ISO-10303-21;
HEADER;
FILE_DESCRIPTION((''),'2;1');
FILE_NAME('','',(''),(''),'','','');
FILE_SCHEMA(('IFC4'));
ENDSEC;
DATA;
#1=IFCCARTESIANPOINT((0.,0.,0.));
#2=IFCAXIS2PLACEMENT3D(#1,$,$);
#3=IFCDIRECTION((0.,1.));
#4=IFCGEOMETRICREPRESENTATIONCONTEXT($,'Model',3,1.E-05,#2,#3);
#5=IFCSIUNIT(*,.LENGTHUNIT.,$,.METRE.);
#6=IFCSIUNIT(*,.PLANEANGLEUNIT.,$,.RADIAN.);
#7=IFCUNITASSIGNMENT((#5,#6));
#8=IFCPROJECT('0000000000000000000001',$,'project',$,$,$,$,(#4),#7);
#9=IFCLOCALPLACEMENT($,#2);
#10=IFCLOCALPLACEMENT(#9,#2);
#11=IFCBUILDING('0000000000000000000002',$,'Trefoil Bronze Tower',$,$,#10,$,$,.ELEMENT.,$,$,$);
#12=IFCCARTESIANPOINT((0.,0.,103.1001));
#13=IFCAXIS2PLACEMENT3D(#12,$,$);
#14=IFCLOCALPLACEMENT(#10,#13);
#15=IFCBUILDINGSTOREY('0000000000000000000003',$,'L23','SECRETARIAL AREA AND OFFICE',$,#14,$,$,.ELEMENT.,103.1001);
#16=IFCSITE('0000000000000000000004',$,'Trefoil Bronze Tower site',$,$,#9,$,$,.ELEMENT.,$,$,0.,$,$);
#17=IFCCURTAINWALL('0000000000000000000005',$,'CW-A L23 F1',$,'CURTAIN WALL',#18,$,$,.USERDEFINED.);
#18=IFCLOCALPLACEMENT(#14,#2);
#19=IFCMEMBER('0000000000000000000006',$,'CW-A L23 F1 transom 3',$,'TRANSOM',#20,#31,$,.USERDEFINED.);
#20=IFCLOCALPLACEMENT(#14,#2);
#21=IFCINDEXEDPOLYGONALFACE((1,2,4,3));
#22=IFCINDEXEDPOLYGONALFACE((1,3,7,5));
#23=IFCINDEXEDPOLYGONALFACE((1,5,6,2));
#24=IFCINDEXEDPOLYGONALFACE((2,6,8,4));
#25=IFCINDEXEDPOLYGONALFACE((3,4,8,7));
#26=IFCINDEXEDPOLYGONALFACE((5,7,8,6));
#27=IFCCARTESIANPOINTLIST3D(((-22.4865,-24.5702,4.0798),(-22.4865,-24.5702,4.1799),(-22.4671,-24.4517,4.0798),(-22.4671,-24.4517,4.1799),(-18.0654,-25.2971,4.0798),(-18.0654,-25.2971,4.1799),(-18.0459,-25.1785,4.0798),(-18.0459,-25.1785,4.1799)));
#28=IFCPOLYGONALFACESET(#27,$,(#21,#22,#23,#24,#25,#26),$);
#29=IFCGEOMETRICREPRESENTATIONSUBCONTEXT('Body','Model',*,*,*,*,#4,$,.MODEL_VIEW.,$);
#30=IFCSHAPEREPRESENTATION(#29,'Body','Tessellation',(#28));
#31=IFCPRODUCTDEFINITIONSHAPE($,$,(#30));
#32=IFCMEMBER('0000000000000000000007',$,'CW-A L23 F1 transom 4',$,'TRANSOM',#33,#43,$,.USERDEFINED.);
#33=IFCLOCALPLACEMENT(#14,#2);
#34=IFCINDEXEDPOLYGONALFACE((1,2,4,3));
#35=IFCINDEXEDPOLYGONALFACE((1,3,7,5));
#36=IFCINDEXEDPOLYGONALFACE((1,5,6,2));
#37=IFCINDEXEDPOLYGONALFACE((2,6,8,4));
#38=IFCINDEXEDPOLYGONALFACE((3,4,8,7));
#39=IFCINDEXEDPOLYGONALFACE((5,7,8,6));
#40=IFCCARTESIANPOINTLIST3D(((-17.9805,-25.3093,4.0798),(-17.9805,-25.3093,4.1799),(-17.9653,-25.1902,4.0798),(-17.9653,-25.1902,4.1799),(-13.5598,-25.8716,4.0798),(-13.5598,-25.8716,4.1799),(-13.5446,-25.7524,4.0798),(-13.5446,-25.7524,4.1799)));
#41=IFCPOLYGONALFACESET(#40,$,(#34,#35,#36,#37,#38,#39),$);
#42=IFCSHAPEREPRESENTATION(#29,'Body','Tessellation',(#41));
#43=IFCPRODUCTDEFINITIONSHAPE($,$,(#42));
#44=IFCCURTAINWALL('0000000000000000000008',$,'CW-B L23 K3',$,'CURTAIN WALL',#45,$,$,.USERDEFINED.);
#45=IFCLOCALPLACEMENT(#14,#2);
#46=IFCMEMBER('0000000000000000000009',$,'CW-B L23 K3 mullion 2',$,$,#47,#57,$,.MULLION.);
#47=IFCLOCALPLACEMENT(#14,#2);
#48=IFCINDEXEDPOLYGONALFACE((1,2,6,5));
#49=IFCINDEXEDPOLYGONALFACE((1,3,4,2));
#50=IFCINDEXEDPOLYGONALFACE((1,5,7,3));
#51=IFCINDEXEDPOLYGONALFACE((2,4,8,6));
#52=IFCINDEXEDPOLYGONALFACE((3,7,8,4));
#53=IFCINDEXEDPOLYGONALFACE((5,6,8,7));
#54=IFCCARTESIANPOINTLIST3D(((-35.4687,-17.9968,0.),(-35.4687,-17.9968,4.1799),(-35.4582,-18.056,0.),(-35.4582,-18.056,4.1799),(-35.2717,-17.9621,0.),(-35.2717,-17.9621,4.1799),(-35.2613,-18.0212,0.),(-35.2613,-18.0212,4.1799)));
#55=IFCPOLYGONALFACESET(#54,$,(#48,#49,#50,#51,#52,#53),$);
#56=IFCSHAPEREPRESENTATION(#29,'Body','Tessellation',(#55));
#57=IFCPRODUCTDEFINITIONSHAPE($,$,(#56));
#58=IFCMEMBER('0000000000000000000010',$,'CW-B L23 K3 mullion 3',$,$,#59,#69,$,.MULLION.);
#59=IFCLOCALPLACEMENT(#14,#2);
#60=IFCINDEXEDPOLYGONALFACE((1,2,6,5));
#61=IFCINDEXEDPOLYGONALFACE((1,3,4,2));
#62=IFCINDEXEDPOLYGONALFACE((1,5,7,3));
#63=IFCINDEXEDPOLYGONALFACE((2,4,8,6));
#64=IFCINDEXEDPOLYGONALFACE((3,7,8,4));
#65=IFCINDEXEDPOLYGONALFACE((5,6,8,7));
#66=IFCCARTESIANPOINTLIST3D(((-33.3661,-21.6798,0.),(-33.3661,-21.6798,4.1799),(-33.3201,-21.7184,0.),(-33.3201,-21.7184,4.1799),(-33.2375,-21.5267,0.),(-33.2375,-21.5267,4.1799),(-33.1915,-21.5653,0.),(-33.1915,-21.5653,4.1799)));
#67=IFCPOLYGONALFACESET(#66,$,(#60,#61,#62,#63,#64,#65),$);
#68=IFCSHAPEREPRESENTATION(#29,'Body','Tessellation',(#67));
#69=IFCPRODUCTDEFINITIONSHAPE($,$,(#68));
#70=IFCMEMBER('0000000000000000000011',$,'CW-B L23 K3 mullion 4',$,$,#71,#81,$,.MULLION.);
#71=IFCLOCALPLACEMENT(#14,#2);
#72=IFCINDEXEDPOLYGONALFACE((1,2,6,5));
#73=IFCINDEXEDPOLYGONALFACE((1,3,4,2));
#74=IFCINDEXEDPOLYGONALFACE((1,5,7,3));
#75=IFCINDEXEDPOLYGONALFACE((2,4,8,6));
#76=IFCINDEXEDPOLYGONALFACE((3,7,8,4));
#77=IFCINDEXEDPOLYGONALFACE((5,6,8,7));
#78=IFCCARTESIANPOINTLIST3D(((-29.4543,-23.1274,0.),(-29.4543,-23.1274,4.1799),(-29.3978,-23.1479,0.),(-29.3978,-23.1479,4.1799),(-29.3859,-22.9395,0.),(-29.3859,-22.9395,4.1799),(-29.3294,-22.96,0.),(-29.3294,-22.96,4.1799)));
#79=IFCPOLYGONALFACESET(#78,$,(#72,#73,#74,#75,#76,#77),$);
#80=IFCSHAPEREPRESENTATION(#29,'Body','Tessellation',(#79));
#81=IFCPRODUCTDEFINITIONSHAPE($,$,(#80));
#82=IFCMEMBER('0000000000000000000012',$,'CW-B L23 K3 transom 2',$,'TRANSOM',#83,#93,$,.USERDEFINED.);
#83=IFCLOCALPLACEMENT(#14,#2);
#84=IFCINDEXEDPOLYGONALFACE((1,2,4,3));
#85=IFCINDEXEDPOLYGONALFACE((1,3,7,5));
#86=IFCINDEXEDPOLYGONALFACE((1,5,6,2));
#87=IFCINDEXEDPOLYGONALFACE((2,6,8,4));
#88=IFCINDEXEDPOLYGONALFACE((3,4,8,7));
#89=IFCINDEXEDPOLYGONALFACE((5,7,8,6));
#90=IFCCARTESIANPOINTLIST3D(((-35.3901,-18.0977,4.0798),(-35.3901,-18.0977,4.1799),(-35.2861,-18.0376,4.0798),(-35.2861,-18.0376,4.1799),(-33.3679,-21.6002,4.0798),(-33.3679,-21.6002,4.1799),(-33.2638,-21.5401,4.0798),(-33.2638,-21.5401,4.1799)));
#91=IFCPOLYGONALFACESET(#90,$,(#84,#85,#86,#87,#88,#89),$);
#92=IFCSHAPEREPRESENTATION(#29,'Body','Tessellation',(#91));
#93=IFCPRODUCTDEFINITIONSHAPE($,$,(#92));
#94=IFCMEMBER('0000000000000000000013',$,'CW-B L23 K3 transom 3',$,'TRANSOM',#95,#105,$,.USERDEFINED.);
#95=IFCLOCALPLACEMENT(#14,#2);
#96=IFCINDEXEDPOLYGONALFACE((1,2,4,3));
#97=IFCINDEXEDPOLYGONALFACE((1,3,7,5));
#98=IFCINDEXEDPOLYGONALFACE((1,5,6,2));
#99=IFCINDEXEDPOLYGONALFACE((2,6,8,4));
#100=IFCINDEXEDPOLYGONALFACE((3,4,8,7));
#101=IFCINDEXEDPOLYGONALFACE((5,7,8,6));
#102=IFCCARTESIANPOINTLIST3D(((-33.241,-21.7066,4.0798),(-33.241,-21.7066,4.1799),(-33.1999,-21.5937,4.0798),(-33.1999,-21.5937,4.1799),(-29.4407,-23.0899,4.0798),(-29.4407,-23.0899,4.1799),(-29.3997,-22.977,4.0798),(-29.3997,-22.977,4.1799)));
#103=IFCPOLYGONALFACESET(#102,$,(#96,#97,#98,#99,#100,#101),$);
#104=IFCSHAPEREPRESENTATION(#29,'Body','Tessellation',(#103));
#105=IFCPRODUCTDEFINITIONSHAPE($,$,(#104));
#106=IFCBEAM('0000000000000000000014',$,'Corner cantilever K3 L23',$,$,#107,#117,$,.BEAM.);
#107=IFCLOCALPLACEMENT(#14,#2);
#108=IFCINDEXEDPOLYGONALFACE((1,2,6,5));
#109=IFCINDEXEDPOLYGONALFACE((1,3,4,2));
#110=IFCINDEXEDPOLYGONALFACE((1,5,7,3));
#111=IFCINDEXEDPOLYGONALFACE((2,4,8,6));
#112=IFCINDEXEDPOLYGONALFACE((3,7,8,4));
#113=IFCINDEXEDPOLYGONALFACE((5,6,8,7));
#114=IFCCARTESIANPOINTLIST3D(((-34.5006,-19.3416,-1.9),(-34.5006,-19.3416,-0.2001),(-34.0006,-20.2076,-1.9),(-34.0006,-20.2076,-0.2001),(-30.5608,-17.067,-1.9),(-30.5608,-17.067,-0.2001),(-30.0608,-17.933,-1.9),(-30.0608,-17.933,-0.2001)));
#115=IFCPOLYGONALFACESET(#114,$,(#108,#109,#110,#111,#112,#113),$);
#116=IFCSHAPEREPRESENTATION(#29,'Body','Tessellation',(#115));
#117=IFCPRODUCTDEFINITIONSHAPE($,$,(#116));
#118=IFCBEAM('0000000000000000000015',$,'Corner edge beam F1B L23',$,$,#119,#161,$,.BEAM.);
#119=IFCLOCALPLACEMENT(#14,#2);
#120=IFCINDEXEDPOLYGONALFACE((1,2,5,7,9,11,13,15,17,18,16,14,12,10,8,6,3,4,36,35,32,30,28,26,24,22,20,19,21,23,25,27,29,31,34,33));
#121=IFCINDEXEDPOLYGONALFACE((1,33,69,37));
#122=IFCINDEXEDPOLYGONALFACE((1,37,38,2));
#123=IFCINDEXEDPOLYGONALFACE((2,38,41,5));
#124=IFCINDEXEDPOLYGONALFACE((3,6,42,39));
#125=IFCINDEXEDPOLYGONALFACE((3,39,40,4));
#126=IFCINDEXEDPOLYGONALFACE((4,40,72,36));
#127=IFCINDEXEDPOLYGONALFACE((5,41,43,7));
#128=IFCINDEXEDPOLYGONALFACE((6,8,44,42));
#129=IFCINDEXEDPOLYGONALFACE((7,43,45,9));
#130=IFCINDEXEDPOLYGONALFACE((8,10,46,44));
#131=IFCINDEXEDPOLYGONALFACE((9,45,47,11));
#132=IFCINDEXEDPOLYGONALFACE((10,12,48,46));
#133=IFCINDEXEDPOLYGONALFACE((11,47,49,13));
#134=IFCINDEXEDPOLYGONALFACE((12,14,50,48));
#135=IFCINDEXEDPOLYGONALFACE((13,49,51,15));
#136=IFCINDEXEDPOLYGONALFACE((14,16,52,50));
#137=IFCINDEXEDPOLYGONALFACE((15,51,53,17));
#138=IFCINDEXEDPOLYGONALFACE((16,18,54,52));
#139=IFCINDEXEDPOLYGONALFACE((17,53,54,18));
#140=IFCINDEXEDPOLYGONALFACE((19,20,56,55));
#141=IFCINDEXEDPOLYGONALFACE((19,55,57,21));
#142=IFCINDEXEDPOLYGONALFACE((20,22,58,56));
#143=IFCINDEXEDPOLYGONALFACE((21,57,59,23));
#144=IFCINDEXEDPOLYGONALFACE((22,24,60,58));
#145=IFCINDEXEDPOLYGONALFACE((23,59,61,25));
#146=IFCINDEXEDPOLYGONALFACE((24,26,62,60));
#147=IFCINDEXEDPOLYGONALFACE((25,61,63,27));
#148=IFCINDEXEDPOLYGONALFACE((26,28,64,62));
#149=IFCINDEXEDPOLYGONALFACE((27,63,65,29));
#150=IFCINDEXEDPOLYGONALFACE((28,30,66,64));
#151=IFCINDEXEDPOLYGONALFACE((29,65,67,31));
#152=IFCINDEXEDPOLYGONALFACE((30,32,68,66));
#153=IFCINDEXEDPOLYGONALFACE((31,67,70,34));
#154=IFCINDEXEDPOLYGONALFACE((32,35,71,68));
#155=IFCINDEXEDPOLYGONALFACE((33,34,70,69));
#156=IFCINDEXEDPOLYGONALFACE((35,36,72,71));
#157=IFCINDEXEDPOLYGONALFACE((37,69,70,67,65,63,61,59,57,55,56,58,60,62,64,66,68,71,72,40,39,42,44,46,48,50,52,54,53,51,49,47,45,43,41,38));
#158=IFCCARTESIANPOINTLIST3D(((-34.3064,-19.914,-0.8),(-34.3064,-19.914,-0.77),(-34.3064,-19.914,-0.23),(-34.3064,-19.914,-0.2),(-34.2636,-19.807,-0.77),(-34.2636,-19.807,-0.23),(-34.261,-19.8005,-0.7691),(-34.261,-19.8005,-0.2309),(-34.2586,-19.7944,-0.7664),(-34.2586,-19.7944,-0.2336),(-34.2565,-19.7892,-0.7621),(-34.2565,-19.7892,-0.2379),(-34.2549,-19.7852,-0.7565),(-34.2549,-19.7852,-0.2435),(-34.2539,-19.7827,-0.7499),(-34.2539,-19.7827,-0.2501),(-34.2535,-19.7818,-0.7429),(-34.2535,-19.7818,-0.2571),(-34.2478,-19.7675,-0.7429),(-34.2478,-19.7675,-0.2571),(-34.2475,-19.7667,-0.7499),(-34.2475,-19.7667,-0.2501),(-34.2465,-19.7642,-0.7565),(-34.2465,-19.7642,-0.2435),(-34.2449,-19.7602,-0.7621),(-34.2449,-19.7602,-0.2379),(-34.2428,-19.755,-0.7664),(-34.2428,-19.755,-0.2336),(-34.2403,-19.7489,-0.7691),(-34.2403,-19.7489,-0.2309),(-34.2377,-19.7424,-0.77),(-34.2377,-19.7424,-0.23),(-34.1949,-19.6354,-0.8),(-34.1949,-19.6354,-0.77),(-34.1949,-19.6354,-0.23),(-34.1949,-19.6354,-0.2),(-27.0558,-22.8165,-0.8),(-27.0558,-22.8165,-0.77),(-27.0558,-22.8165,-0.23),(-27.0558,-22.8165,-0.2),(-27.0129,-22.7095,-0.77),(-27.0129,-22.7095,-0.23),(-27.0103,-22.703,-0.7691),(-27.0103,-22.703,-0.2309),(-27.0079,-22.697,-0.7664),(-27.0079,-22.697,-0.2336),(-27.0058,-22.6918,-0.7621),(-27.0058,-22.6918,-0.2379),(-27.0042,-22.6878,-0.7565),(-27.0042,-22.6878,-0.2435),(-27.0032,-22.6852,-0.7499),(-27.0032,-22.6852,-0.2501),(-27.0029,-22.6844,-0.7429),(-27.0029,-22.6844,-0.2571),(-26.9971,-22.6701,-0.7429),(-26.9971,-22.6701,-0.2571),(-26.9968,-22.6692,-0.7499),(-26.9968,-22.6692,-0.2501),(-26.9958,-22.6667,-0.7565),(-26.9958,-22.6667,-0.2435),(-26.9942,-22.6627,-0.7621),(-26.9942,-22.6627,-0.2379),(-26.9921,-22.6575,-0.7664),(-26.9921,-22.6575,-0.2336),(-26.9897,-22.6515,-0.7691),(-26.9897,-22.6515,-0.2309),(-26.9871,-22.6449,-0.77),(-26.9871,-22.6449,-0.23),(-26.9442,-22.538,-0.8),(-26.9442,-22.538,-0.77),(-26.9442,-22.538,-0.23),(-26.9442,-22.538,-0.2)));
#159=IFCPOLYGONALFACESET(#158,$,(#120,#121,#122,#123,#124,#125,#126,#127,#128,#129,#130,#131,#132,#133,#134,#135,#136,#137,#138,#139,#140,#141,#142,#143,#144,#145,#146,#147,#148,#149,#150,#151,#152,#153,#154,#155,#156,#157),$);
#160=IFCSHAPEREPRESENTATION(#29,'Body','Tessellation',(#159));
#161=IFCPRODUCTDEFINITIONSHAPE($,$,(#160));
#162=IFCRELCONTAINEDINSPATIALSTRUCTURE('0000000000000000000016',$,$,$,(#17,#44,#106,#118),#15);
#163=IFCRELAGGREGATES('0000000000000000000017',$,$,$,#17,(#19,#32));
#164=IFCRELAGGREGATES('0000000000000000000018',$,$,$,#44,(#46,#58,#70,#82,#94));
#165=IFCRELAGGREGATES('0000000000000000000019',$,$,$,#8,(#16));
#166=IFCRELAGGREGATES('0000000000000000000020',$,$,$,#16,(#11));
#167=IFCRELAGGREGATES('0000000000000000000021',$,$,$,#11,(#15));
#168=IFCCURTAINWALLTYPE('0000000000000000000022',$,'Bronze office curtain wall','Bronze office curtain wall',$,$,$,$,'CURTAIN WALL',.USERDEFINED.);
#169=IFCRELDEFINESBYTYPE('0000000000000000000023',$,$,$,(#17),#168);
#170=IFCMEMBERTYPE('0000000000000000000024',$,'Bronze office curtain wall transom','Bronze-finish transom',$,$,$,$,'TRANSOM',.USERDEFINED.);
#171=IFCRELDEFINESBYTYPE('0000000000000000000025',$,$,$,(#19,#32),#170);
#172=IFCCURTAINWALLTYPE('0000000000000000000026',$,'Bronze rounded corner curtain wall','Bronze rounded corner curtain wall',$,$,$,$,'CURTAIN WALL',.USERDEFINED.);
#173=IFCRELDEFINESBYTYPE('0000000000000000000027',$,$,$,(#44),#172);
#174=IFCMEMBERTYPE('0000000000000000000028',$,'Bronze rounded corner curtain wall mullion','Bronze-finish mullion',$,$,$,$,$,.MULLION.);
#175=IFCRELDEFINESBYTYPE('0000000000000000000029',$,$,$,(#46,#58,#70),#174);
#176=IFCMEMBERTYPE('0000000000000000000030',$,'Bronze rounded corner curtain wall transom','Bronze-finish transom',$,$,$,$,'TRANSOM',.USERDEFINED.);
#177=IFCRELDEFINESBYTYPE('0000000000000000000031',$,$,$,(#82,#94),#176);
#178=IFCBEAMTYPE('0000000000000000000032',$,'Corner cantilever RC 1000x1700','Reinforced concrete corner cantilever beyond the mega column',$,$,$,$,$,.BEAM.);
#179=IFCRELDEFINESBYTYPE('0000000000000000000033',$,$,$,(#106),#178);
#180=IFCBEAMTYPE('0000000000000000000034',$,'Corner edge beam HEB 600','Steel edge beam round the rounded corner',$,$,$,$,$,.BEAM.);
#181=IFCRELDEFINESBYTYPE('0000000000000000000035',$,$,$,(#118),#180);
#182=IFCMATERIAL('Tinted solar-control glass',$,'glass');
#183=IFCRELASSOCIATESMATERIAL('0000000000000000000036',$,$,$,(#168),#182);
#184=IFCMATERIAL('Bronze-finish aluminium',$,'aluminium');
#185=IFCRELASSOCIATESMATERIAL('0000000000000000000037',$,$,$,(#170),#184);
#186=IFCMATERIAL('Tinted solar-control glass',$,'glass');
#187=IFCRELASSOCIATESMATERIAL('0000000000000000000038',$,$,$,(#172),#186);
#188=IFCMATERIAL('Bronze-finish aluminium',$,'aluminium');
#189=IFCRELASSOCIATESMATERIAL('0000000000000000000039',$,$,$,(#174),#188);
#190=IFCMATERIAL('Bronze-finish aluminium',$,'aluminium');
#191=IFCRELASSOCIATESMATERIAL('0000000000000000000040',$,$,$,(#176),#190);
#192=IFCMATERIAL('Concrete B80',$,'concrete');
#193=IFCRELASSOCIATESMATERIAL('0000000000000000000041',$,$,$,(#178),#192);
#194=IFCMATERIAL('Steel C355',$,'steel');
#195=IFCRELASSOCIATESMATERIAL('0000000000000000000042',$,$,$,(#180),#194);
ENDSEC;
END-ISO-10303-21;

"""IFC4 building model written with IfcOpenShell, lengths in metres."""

from ifc_helpers import new_model, si_unit, direction, frame, origin, origin_2d, place, context, subcontext, project, spatial, rectangle, i_section, extrude, material, material_profile, profile_set, type_object, element, aggregate, save


model = new_model("IFC4")

# Units and contexts
model_context = context("Model", 3, precision=1e-05, world=origin(), true_north=direction((0.0, 1.0)))
body_context = subcontext(model_context, "Body", "Model", "MODEL_VIEW")
ifc_project = project(units=[si_unit("LENGTHUNIT", "METRE"), si_unit("PLANEANGLEUNIT", "RADIAN")], contexts=[model_context])

# Site, building, storey
site_placement = place(None, origin())
site = spatial("IfcSite", under=ifc_project, at=site_placement, Name="Trefoil Bronze Tower site", CompositionType="ELEMENT", RefElevation=0.0)
building_placement = place(site_placement, origin())
building = spatial("IfcBuilding", under=site, at=building_placement, Name="Trefoil Bronze Tower", CompositionType="ELEMENT")
storey_placement = place(building_placement, frame((0.0, 0.0, 103.1001)))
storey = spatial("IfcBuildingStorey", under=building, at=storey_placement, Name="L23", Description="SECRETARIAL AREA AND OFFICE", CompositionType="ELEMENT", Elevation=103.1001)

# Curtain walls, members
ifc_material_1 = material(Name="Tinted solar-control glass", Category="glass")
curtain_wall_type_1 = type_object("IfcCurtainWallType", Name="Bronze office curtain wall", Description="Bronze office curtain wall", ElementType="CURTAIN WALL", PredefinedType="USERDEFINED", material=ifc_material_1)
curtain_wall_1_placement = place(storey_placement, origin())
curtain_wall_1 = element("IfcCurtainWall", 1, at=curtain_wall_1_placement, inside=storey, type_object=curtain_wall_type_1, Name="CW-A L23 F1", ObjectType="CURTAIN WALL", PredefinedType="USERDEFINED")
ifc_material_2 = material(Name="Bronze-finish aluminium", Category="aluminium")
ifc_material_profile_1 = material_profile(ifc_material_2, rectangle(XDim=0.1201, YDim=0.1001, at=origin_2d()), Name="CW-A transom")
ifc_profile_set_1 = profile_set([ifc_material_profile_1], Name="Bronze-finish aluminium")
member_type_1 = type_object("IfcMemberType", Name="Bronze office curtain wall transom", Description="Bronze-finish transom", ElementType="TRANSOM", PredefinedType="USERDEFINED", material=ifc_profile_set_1)
member_1_placement = place(storey_placement, frame((-22.4768, -24.511, 4.1299), z_axis=(0.986755, -0.162216, 0.0), x_axis=(0.162216, 0.986755, 0.0)))
member_1 = element("IfcMember", 2, at=member_1_placement, type_object=member_type_1, Name="CW-A L23 F1 transom 3", ObjectType="TRANSOM", PredefinedType="USERDEFINED", context=body_context, shape_type="SweptSolid", body=[
    extrude(rectangle(XDim=0.1201, YDim=0.1001, at=origin_2d()), origin(), (0.0, 0.0, 1.0), 4.4805),
])
member_2_placement = place(storey_placement, frame((-17.9729, -25.2498, 4.1299), z_axis=(0.992008, -0.126172, 0.0), x_axis=(0.126172, 0.992008, 0.0)))
member_2 = element("IfcMember", 3, at=member_2_placement, type_object=member_type_1, Name="CW-A L23 F1 transom 4", ObjectType="TRANSOM", PredefinedType="USERDEFINED", context=body_context, shape_type="SweptSolid", body=[
    extrude(rectangle(XDim=0.1201, YDim=0.1001, at=origin_2d()), origin(), (0.0, 0.0, 1.0), 4.4563),
])
ifc_material_3 = material(Name="Tinted solar-control glass", Category="glass")
curtain_wall_type_2 = type_object("IfcCurtainWallType", Name="Bronze rounded corner curtain wall", Description="Bronze rounded corner curtain wall", ElementType="CURTAIN WALL", PredefinedType="USERDEFINED", material=ifc_material_3)
curtain_wall_2_placement = place(storey_placement, origin())
curtain_wall_2 = element("IfcCurtainWall", 4, at=curtain_wall_2_placement, inside=storey, type_object=curtain_wall_type_2, Name="CW-B L23 K3", ObjectType="CURTAIN WALL", PredefinedType="USERDEFINED")
ifc_material_4 = material(Name="Bronze-finish aluminium", Category="aluminium")
ifc_material_profile_2 = material_profile(ifc_material_4, rectangle(XDim=0.2, YDim=0.0601, at=origin_2d()), Name="CW-B mullion")
ifc_profile_set_2 = profile_set([ifc_material_profile_2], Name="Bronze-finish aluminium")
member_type_2 = type_object("IfcMemberType", Name="Bronze rounded corner curtain wall mullion", Description="Bronze-finish mullion", PredefinedType="MULLION", material=ifc_profile_set_2)
member_3_placement = place(storey_placement, frame((-35.365, -18.009, 0.0), z_axis=(0.0, 0.0, 1.0), x_axis=(0.984808, 0.173648, 0.0)))
member_3 = element("IfcMember", 5, at=member_3_placement, type_object=member_type_2, Name="CW-B L23 K3 mullion 2", PredefinedType="MULLION", context=body_context, shape_type="SweptSolid", body=[
    extrude(rectangle(XDim=0.2, YDim=0.0601, at=origin_2d()), origin(), (0.0, 0.0, 1.0), 4.1799),
])
member_4_placement = place(storey_placement, frame((-33.2788, -21.6226, 0.0), z_axis=(0.0, 0.0, 1.0), x_axis=(0.642788, 0.766044, 0.0)))
member_4 = element("IfcMember", 6, at=member_4_placement, type_object=member_type_2, Name="CW-B L23 K3 mullion 3", PredefinedType="MULLION", context=body_context, shape_type="SweptSolid", body=[
    extrude(rectangle(XDim=0.2, YDim=0.0601, at=origin_2d()), origin(), (0.0, 0.0, 1.0), 4.1799),
])
member_5_placement = place(storey_placement, frame((-29.3918, -23.0437, 0.0), z_axis=(0.0, 0.0, 1.0), x_axis=(0.34202, 0.939693, 0.0)))
member_5 = element("IfcMember", 7, at=member_5_placement, type_object=member_type_2, Name="CW-B L23 K3 mullion 4", PredefinedType="MULLION", context=body_context, shape_type="SweptSolid", body=[
    extrude(rectangle(XDim=0.2, YDim=0.0601, at=origin_2d()), origin(), (0.0, 0.0, 1.0), 4.1799),
])
ifc_material_5 = material(Name="Bronze-finish aluminium", Category="aluminium")
ifc_material_profile_3 = material_profile(ifc_material_5, rectangle(XDim=0.1201, YDim=0.1001, at=origin_2d()), Name="CW-B transom")
ifc_profile_set_3 = profile_set([ifc_material_profile_3], Name="Bronze-finish aluminium")
member_type_3 = type_object("IfcMemberType", Name="Bronze rounded corner curtain wall transom", Description="Bronze-finish transom", ElementType="TRANSOM", PredefinedType="USERDEFINED", material=ifc_profile_set_3)
member_6_placement = place(storey_placement, frame((-35.3381, -18.0676, 4.1299), z_axis=(0.500015, -0.866017, 0.0), x_axis=(0.866017, 0.500015, 0.0)))
member_6 = element("IfcMember", 8, at=member_6_placement, type_object=member_type_3, Name="CW-B L23 K3 transom 2", ObjectType="TRANSOM", PredefinedType="USERDEFINED", context=body_context, shape_type="SweptSolid", body=[
    extrude(rectangle(XDim=0.1201, YDim=0.1001, at=origin_2d()), origin(), (0.0, 0.0, 1.0), 4.0444),
])
member_7_placement = place(storey_placement, frame((-33.2205, -21.6501, 4.1299), z_axis=(0.939684, -0.342044, 0.0), x_axis=(0.342044, 0.939684, 0.0)))
member_7 = element("IfcMember", 9, at=member_7_placement, type_object=member_type_3, Name="CW-B L23 K3 transom 3", ObjectType="TRANSOM", PredefinedType="USERDEFINED", context=body_context, shape_type="SweptSolid", body=[
    extrude(rectangle(XDim=0.1201, YDim=0.1001, at=origin_2d()), origin(), (0.0, 0.0, 1.0), 4.0442),
])

# Beams
ifc_material_6 = material(Name="Concrete B80", Category="concrete")
ifc_material_profile_4 = material_profile(ifc_material_6, rectangle(XDim=1.0, YDim=1.7, at=origin_2d()), Name="RC 1000x1700")
ifc_profile_set_4 = profile_set([ifc_material_profile_4], Name="Concrete B80")
beam_type_1 = type_object("IfcBeamType", Name="Corner cantilever RC 1000x1700", Description="Reinforced concrete corner cantilever beyond the mega column", PredefinedType="BEAM", material=ifc_profile_set_4)
beam_1_placement = place(storey_placement, frame((-30.3108, -17.5, -1.05), z_axis=(-0.866032, -0.499989, 0.0), x_axis=(0.499989, -0.866032, 0.0)))
element("IfcBeam", 10, at=beam_1_placement, inside=storey, type_object=beam_type_1, Name="Corner cantilever K3 L23", PredefinedType="BEAM", context=body_context, shape_type="SweptSolid", body=[
    extrude(rectangle(XDim=1.0, YDim=1.7, at=origin_2d()), origin(), (0.0, 0.0, 1.0), 4.5493),
])
ifc_material_7 = material(Name="Steel C355", Category="steel")
ifc_material_profile_5 = material_profile(ifc_material_7, i_section(OverallWidth=0.3, OverallDepth=0.6001, WebThickness=0.0154, FlangeThickness=0.03, FilletRadius=0.0271, at=origin_2d()), Name="HEB 600")
ifc_profile_set_5 = profile_set([ifc_material_profile_5], Name="Steel C355")
beam_type_2 = type_object("IfcBeamType", Name="Corner edge beam HEB 600", Description="Steel edge beam round the rounded corner", PredefinedType="BEAM", material=ifc_profile_set_5)
beam_2_placement = place(storey_placement, frame((-27.0, -22.6772, -0.5), z_axis=(-0.928375, 0.371644, 0.0), x_axis=(-0.371644, -0.928375, 0.0)))
element("IfcBeam", 11, at=beam_2_placement, inside=storey, type_object=beam_type_2, Name="Corner edge beam F1B L23", PredefinedType="BEAM", context=body_context, shape_type="SweptSolid", body=[
    extrude(i_section(OverallWidth=0.3, OverallDepth=0.6001, WebThickness=0.0154, FlangeThickness=0.03, FilletRadius=0.0271, at=origin_2d()), origin(), (0.0, 0.0, 1.0), 7.8101),
])

aggregate(curtain_wall_1, [member_1, member_2])
aggregate(curtain_wall_2, [member_3, member_4, member_5, member_6, member_7])

save(model, "model.ifc")
